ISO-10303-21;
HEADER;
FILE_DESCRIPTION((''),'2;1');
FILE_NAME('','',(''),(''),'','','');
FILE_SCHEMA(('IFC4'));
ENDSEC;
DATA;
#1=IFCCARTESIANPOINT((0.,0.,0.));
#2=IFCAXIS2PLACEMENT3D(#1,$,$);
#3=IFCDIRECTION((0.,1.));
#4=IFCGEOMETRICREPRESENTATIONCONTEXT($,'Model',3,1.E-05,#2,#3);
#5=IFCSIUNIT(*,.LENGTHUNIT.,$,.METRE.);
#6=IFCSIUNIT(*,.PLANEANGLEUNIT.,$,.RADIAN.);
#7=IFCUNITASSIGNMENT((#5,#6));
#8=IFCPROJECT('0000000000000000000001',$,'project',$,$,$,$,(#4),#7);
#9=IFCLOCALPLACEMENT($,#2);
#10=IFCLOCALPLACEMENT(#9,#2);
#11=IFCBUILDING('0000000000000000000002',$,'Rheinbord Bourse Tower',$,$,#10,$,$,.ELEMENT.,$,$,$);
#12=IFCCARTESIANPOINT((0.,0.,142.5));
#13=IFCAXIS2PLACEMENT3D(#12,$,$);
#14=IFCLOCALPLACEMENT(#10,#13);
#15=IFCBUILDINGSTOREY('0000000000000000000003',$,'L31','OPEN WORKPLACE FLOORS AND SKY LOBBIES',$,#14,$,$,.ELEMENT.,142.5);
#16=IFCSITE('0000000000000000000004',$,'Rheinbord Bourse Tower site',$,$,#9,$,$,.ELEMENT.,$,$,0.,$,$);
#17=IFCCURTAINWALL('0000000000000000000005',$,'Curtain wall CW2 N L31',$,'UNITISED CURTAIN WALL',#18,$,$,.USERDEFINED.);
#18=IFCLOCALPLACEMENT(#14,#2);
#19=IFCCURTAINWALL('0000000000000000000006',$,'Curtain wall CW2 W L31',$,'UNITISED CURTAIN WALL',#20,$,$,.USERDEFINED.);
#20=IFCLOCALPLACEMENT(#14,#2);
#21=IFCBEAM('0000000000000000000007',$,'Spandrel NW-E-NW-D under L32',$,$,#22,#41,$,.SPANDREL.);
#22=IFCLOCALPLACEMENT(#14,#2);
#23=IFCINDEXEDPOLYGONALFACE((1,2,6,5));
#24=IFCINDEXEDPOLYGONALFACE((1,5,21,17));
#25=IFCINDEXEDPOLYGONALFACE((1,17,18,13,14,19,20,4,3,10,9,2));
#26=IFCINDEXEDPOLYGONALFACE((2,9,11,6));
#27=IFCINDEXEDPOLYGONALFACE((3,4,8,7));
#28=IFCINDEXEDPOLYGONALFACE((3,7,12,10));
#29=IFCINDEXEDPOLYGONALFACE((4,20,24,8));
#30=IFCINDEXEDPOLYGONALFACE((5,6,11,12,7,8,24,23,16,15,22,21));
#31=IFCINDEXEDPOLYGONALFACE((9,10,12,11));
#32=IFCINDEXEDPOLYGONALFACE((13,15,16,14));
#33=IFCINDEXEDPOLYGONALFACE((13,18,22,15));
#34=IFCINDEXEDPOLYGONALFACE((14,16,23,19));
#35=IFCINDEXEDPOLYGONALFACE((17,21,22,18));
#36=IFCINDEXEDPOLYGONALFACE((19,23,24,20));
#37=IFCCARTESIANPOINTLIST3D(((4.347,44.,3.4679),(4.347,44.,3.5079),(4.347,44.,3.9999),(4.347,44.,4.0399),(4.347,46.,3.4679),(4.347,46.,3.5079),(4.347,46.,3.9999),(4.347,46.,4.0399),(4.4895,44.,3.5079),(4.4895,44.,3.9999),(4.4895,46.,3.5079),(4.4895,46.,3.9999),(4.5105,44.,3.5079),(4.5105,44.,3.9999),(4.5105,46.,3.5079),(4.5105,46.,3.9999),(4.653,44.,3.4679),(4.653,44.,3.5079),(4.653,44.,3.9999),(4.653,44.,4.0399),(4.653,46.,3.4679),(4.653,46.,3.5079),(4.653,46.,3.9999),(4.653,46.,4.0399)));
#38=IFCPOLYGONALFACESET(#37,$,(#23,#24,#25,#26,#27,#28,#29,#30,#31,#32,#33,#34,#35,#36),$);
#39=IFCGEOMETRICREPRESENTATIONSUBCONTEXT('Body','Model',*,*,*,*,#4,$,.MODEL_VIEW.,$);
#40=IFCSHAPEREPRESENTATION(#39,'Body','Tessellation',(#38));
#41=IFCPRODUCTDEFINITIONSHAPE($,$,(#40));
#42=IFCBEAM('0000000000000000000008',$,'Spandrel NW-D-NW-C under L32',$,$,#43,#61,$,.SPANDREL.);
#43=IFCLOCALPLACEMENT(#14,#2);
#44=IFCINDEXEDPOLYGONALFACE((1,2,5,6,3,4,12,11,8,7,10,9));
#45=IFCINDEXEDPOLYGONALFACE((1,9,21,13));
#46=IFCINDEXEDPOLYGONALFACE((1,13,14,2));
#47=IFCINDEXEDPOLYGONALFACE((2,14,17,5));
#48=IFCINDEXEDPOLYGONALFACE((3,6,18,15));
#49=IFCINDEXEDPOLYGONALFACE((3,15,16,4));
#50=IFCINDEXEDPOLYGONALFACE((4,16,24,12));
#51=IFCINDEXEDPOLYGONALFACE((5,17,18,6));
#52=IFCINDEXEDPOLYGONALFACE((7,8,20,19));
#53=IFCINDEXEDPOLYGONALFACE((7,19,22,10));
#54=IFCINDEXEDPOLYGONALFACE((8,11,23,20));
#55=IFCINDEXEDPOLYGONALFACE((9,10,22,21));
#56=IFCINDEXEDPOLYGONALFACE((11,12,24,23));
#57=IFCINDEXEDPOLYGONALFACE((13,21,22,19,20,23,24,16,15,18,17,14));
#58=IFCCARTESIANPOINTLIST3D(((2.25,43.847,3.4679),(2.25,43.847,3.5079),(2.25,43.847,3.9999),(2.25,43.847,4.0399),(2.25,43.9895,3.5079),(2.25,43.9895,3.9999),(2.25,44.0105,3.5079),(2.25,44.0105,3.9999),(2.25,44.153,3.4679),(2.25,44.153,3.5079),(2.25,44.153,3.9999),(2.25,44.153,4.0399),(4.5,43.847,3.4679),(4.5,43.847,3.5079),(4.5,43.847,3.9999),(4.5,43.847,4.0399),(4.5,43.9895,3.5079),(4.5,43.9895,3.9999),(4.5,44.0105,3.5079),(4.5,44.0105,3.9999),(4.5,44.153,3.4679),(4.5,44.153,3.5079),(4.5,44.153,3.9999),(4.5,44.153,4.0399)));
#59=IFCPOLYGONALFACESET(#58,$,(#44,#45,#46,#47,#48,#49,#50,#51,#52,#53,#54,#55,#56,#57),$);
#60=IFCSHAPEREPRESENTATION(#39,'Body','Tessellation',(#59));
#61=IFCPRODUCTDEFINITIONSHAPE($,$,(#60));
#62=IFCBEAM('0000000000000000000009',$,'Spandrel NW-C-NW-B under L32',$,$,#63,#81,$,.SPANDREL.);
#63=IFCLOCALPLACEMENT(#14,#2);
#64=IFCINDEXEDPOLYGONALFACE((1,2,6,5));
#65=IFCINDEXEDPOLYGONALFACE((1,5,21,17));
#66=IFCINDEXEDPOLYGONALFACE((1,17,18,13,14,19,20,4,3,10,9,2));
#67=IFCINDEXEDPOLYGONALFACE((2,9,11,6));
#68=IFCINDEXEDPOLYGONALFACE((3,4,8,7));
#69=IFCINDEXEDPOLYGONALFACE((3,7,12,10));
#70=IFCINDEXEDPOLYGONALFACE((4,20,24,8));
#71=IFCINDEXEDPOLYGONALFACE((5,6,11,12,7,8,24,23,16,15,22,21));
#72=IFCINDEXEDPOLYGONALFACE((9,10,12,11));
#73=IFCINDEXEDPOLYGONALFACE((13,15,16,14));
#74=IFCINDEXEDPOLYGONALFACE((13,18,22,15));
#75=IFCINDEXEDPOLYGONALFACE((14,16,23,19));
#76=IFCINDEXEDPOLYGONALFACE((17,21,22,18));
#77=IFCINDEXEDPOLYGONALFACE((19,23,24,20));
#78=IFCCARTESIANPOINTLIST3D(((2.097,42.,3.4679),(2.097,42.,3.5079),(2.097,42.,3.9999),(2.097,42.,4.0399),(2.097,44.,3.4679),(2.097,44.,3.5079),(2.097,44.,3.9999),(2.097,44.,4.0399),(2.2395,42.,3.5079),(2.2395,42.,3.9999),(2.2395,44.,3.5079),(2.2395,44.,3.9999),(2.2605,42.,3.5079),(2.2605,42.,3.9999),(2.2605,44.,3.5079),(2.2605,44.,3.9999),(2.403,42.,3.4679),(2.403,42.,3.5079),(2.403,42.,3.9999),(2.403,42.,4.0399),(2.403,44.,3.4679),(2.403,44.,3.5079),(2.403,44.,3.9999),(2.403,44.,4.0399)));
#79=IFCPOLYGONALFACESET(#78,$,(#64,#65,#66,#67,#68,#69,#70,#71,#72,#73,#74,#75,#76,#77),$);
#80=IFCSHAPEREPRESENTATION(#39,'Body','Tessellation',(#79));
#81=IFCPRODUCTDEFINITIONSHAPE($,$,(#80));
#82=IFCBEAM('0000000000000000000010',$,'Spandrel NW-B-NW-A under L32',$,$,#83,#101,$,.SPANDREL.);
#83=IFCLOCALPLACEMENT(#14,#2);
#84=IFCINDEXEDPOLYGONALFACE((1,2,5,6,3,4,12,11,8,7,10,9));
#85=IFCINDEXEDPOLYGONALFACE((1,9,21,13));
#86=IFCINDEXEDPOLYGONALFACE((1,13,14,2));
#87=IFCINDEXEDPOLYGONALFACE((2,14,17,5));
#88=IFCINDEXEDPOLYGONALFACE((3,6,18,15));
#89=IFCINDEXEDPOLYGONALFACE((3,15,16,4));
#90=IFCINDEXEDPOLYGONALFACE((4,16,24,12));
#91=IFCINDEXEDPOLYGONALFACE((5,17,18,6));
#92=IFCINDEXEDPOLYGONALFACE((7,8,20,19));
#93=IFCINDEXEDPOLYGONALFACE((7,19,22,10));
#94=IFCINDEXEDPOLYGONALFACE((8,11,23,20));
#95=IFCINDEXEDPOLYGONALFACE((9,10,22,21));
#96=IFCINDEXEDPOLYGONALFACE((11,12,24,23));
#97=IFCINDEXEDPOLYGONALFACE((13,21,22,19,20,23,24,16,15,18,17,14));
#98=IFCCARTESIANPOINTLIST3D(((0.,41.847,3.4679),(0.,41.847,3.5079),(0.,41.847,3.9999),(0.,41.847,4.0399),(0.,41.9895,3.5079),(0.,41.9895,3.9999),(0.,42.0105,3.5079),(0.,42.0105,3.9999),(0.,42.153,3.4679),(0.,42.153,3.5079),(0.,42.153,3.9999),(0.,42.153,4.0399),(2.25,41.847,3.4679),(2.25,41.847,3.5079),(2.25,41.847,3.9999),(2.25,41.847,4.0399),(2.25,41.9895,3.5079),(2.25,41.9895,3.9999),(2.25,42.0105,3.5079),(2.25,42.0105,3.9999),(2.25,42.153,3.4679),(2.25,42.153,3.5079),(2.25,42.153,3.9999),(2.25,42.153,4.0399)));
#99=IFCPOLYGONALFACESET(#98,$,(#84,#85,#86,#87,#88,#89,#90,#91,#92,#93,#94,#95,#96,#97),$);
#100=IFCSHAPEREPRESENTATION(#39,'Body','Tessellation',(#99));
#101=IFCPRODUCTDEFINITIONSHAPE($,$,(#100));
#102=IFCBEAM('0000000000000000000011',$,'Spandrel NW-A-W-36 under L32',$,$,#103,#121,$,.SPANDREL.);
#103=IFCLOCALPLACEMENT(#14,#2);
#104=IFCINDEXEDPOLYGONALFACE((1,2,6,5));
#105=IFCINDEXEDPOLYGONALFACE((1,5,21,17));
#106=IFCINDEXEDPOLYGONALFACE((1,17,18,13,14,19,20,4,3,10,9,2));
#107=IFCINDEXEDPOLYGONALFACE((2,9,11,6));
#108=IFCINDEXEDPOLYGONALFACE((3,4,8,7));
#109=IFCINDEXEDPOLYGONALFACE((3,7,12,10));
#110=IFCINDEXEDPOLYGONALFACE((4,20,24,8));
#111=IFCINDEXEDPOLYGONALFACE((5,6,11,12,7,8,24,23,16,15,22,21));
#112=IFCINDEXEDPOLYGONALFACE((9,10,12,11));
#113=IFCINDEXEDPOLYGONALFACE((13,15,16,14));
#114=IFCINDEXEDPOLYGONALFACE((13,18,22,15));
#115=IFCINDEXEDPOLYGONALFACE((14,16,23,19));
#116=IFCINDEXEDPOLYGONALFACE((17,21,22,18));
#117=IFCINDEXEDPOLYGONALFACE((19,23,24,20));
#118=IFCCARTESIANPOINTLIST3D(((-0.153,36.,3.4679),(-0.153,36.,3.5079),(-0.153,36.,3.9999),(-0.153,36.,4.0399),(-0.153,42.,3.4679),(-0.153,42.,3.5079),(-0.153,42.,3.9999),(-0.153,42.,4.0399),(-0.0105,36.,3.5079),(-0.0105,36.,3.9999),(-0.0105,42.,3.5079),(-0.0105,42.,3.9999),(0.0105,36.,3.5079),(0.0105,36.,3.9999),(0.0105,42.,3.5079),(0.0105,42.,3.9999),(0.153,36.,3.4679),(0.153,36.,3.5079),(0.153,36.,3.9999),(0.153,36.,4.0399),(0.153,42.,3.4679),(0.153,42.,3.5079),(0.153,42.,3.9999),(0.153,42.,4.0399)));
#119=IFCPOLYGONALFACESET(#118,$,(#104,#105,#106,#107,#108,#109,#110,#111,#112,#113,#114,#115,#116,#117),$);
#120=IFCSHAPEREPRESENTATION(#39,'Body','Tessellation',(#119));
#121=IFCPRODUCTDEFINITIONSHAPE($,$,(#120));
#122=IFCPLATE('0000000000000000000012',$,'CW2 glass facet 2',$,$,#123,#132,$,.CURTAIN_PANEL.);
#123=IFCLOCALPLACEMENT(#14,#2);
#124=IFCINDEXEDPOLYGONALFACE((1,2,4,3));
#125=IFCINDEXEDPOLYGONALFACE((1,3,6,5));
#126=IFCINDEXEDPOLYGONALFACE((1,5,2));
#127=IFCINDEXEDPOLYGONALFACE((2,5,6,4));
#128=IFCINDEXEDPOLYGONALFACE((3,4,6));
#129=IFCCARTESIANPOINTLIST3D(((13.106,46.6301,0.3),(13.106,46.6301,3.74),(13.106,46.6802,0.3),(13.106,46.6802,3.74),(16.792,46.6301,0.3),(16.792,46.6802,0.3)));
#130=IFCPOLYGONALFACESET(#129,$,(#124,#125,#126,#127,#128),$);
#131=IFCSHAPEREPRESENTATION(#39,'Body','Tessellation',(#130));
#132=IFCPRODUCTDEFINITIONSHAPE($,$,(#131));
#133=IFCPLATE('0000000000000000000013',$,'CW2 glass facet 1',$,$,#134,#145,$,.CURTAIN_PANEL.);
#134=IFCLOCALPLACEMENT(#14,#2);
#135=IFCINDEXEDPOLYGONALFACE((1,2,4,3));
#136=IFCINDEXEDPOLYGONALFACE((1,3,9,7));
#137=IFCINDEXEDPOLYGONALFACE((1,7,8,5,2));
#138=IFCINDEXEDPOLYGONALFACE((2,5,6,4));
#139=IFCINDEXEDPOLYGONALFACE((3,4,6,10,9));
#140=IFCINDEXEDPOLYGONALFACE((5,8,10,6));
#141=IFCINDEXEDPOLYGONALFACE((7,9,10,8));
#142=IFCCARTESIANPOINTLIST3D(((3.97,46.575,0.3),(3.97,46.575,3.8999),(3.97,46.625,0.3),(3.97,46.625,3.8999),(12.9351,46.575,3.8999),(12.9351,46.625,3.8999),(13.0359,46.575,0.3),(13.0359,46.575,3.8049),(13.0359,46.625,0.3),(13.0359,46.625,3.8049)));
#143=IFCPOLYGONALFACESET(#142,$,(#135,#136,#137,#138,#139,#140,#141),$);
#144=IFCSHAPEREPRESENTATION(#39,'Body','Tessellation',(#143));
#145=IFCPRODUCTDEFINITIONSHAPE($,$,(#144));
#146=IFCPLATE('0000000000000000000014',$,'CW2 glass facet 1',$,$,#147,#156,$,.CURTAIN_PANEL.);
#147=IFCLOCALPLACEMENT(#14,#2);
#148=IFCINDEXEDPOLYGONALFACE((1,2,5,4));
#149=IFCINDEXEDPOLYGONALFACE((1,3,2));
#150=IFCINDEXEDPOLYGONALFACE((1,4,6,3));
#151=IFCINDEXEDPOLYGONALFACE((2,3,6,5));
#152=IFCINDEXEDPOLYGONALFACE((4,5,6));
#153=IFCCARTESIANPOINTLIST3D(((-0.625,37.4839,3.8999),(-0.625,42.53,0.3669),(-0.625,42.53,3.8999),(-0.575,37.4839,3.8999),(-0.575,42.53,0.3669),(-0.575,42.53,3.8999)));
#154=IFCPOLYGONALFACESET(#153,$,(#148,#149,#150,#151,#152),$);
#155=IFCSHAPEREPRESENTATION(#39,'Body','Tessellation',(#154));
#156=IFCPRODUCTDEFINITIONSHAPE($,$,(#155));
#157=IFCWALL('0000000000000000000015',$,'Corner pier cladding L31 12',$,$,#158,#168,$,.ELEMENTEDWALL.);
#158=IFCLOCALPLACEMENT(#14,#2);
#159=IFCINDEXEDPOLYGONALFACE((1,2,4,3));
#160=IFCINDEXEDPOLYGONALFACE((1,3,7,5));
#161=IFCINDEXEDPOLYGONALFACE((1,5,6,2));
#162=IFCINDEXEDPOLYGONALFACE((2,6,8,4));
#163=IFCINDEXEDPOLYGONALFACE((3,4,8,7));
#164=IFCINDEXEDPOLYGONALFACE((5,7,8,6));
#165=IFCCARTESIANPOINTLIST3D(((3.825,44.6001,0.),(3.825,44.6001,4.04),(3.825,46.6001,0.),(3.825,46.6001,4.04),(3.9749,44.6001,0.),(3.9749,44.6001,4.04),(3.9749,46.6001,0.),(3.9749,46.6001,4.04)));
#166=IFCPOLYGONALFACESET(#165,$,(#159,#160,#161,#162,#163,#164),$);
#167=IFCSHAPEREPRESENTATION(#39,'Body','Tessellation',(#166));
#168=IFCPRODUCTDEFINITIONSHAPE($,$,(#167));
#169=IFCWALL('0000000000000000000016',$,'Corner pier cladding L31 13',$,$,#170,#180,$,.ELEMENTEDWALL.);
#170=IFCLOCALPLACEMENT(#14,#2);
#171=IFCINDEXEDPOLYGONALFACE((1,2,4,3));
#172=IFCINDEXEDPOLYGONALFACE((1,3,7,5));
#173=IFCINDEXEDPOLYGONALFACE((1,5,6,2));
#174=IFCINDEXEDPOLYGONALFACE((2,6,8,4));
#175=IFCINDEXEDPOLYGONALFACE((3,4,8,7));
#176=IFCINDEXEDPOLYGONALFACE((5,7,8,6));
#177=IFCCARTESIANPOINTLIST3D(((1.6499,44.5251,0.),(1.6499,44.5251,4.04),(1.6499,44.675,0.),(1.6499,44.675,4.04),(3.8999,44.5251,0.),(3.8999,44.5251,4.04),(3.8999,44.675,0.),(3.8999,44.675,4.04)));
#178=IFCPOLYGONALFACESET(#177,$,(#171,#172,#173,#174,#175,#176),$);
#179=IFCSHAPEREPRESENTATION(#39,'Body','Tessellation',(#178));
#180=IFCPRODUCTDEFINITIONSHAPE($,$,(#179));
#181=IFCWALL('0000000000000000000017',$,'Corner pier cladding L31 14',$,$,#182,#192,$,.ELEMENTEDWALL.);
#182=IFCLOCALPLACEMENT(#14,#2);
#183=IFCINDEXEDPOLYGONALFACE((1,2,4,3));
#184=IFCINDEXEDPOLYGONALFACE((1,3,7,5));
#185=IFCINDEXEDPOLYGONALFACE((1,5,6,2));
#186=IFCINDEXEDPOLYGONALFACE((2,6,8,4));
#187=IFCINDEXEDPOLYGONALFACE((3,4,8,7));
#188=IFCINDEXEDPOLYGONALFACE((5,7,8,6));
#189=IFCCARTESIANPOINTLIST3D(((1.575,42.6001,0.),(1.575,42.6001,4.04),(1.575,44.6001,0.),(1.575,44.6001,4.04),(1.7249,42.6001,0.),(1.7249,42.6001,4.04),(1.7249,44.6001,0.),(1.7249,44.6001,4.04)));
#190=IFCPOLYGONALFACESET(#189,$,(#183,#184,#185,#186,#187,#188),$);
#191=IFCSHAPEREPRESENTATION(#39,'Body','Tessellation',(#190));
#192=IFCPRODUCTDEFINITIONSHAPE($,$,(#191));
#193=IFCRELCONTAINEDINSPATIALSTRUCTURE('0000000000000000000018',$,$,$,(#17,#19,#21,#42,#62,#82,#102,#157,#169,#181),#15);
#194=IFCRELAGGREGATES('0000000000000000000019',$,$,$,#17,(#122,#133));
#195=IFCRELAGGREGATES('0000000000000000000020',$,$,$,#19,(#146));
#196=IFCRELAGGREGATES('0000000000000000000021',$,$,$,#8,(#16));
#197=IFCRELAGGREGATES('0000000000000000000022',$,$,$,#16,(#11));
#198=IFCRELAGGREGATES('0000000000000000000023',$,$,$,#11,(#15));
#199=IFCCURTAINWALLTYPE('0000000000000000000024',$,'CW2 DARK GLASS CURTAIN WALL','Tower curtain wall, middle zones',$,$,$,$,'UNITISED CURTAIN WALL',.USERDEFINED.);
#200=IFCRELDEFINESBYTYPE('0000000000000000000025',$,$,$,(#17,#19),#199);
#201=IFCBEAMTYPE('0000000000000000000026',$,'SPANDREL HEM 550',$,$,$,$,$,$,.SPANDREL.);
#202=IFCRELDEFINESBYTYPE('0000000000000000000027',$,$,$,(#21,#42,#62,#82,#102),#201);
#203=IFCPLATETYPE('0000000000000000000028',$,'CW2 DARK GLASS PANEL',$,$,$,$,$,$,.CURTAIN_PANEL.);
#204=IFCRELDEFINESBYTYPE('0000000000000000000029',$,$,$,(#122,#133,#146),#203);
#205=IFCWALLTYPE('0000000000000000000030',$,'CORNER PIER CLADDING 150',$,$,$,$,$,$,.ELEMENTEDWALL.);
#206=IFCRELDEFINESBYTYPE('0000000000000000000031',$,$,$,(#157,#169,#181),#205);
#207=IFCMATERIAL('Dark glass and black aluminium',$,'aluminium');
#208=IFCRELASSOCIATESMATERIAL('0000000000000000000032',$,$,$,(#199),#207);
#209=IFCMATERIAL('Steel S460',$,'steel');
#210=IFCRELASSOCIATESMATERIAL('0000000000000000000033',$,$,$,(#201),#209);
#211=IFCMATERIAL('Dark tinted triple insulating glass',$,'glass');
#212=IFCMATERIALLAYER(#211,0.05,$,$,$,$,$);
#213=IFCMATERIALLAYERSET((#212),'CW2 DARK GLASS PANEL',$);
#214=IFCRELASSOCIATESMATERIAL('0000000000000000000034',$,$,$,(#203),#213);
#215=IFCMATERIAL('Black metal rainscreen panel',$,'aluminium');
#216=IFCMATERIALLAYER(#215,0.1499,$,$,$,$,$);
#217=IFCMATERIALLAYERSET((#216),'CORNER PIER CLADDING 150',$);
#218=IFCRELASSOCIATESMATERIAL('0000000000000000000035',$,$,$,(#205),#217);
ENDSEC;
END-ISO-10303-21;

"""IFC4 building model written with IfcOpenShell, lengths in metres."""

from ifc_helpers import new_model, si_unit, direction, frame, frame_2d, origin, origin_2d, place, context, subcontext, project, spatial, polyline, rectangle, i_section, outline, extrude, material, layer, layer_set, material_profile, profile_set, type_object, element, aggregate, save


model = new_model("IFC4")

# Units and contexts
model_context = context("Model", 3, precision=1e-05, world=origin(), true_north=direction((0.0, 1.0)))
body_context = subcontext(model_context, "Body", "Model", "MODEL_VIEW")
ifc_project = project(units=[si_unit("LENGTHUNIT", "METRE"), si_unit("PLANEANGLEUNIT", "RADIAN")], contexts=[model_context])

# Site, building, storey
site_placement = place(None, origin())
site = spatial("IfcSite", under=ifc_project, at=site_placement, Name="Rheinbord Bourse Tower site", CompositionType="ELEMENT", RefElevation=0.0)
building_placement = place(site_placement, origin())
building = spatial("IfcBuilding", under=site, at=building_placement, Name="Rheinbord Bourse Tower", CompositionType="ELEMENT")
storey_placement = place(building_placement, frame((0.0, 0.0, 142.5)))
storey = spatial("IfcBuildingStorey", under=building, at=storey_placement, Name="L31", Description="OPEN WORKPLACE FLOORS AND SKY LOBBIES", CompositionType="ELEMENT", Elevation=142.5)

# Curtain wall
ifc_material_1 = material(Name="Dark glass and black aluminium", Category="aluminium")
curtain_wall_type = type_object("IfcCurtainWallType", Name="CW2 DARK GLASS CURTAIN WALL", Description="Tower curtain wall, middle zones", ElementType="UNITISED CURTAIN WALL", PredefinedType="USERDEFINED", material=ifc_material_1)
curtain_wall_1_placement = place(storey_placement, origin())
curtain_wall_1 = element("IfcCurtainWall", 1, at=curtain_wall_1_placement, inside=storey, type_object=curtain_wall_type, Name="Curtain wall CW2 N L31", ObjectType="UNITISED CURTAIN WALL", PredefinedType="USERDEFINED")

# Curtain wall
curtain_wall_2_placement = place(storey_placement, origin())
curtain_wall_2 = element("IfcCurtainWall", 2, at=curtain_wall_2_placement, inside=storey, type_object=curtain_wall_type, Name="Curtain wall CW2 W L31", ObjectType="UNITISED CURTAIN WALL", PredefinedType="USERDEFINED")

# Beams
ifc_material_2 = material(Name="Steel S460", Category="steel")
ifc_material_profile_1 = material_profile(ifc_material_2, i_section(OverallWidth=0.3059, OverallDepth=0.572, WebThickness=0.021, FlangeThickness=0.04, at=origin_2d()), Name="HEM 550")
ifc_profile_set_1 = profile_set([ifc_material_profile_1], Name="Steel S460")
beam_type_1 = type_object("IfcBeamType", Name="SPANDREL HEM 550", PredefinedType="SPANDREL", material=ifc_profile_set_1)
beam_1_placement = place(storey_placement, frame((4.5, 46.0, 3.7539), z_axis=(0.0, -1.0, 0.0), x_axis=(1.0, 0.0, 0.0)))
element("IfcBeam", 3, at=beam_1_placement, inside=storey, type_object=beam_type_1, Name="Spandrel NW-E-NW-D under L32", PredefinedType="SPANDREL", context=body_context, shape_type="SweptSolid", body=[
    extrude(i_section(OverallWidth=0.3059, OverallDepth=0.572, WebThickness=0.021, FlangeThickness=0.04, at=origin_2d()), origin(), (0.0, 0.0, 1.0), 2.0),
])
beam_2_placement = place(storey_placement, frame((4.5, 44.0, 3.7539), z_axis=(-1.0, 0.0, 0.0), x_axis=(0.0, -1.0, 0.0)))
element("IfcBeam", 4, at=beam_2_placement, inside=storey, type_object=beam_type_1, Name="Spandrel NW-D-NW-C under L32", PredefinedType="SPANDREL", context=body_context, shape_type="SweptSolid", body=[
    extrude(i_section(OverallWidth=0.3059, OverallDepth=0.572, WebThickness=0.021, FlangeThickness=0.04, at=origin_2d()), origin(), (0.0, 0.0, 1.0), 2.25),
])
beam_3_placement = place(storey_placement, frame((2.25, 44.0, 3.7539), z_axis=(0.0, -1.0, 0.0), x_axis=(1.0, 0.0, 0.0)))
element("IfcBeam", 5, at=beam_3_placement, inside=storey, type_object=beam_type_1, Name="Spandrel NW-C-NW-B under L32", PredefinedType="SPANDREL", context=body_context, shape_type="SweptSolid", body=[
    extrude(i_section(OverallWidth=0.3059, OverallDepth=0.572, WebThickness=0.021, FlangeThickness=0.04, at=origin_2d()), origin(), (0.0, 0.0, 1.0), 2.0),
])
beam_4_placement = place(storey_placement, frame((2.25, 42.0, 3.7539), z_axis=(-1.0, 0.0, 0.0), x_axis=(0.0, -1.0, 0.0)))
element("IfcBeam", 6, at=beam_4_placement, inside=storey, type_object=beam_type_1, Name="Spandrel NW-B-NW-A under L32", PredefinedType="SPANDREL", context=body_context, shape_type="SweptSolid", body=[
    extrude(i_section(OverallWidth=0.3059, OverallDepth=0.572, WebThickness=0.021, FlangeThickness=0.04, at=origin_2d()), origin(), (0.0, 0.0, 1.0), 2.25),
])
beam_5_placement = place(storey_placement, frame((0.0, 42.0, 3.7539), z_axis=(0.0, -1.0, 0.0), x_axis=(1.0, 0.0, 0.0)))
element("IfcBeam", 7, at=beam_5_placement, inside=storey, type_object=beam_type_1, Name="Spandrel NW-A-W-36 under L32", PredefinedType="SPANDREL", context=body_context, shape_type="SweptSolid", body=[
    extrude(i_section(OverallWidth=0.3059, OverallDepth=0.572, WebThickness=0.021, FlangeThickness=0.04, at=origin_2d()), origin(), (0.0, 0.0, 1.0), 6.0),
])

# Plates
ifc_material_3 = material(Name="Dark tinted triple insulating glass", Category="glass")
ifc_layer_1 = layer(ifc_material_3, 0.05)
ifc_layer_set_1 = layer_set([ifc_layer_1], Name="CW2 DARK GLASS PANEL")
plate_type = type_object("IfcPlateType", Name="CW2 DARK GLASS PANEL", PredefinedType="CURTAIN_PANEL", material=ifc_layer_set_1)
plate_1_placement = place(storey_placement, frame((13.106, 46.6802, 0.3), z_axis=(0.0, -1.0, 0.0), x_axis=(1.0, 0.0, 0.0)))
plate_1 = element("IfcPlate", 8, at=plate_1_placement, type_object=plate_type, Name="CW2 glass facet 2", PredefinedType="CURTAIN_PANEL", context=body_context, shape_type="SweptSolid", body=[
    extrude(outline(polyline([(0.0, 0.0), (3.686, 0.0), (0.0, 3.4399), (0.0, 0.0)])), origin(), (0.0, 0.0, 1.0), 0.05),
])
plate_2_placement = place(storey_placement, frame((3.97, 46.625, 3.8999), z_axis=(0.0, -1.0, 0.0), x_axis=(0.0, 0.0, -1.0)))
plate_2 = element("IfcPlate", 9, at=plate_2_placement, type_object=plate_type, Name="CW2 glass facet 1", PredefinedType="CURTAIN_PANEL", context=body_context, shape_type="SweptSolid", body=[
    extrude(outline(polyline([(0.0, 0.0), (3.5999, 0.0), (3.5999, 9.0659), (0.095, 9.0659), (0.0, 8.9651), (0.0, 0.0)])), origin(), (0.0, 0.0, 1.0), 0.05),
])
aggregate(curtain_wall_1, [plate_1, plate_2])
plate_3_placement = place(storey_placement, frame((-0.625, 42.53, 3.8999), z_axis=(1.0, 0.0, 0.0), x_axis=(0.0, -1.0, 0.0)))
plate_3 = element("IfcPlate", 10, at=plate_3_placement, type_object=plate_type, Name="CW2 glass facet 1", PredefinedType="CURTAIN_PANEL", context=body_context, shape_type="SweptSolid", body=[
    extrude(outline(polyline([(0.0, 0.0), (5.0461, 0.0), (0.0, 3.533), (0.0, 0.0)])), origin(), (0.0, 0.0, 1.0), 0.05),
])
aggregate(curtain_wall_2, [plate_3])

# Walls
ifc_material_4 = material(Name="Black metal rainscreen panel", Category="aluminium")
ifc_layer_2 = layer(ifc_material_4, 0.1499)
ifc_layer_set_2 = layer_set([ifc_layer_2], Name="CORNER PIER CLADDING 150")
wall_type = type_object("IfcWallType", Name="CORNER PIER CLADDING 150", PredefinedType="ELEMENTEDWALL", material=ifc_layer_set_2)
wall_1_placement = place(storey_placement, frame((3.8999, 46.6001, 0.0), z_axis=(0.0, 0.0, 1.0), x_axis=(0.0, -1.0, 0.0)))
element("IfcWall", 11, at=wall_1_placement, inside=storey, type_object=wall_type, Name="Corner pier cladding L31 12", PredefinedType="ELEMENTEDWALL", context=body_context, shape_type="SweptSolid", body=[
    extrude(rectangle(XDim=2.0, YDim=0.1499, at=frame_2d((1.0, 0.0))), origin(), (0.0, 0.0, 1.0), 4.04),
])
wall_2_placement = place(storey_placement, frame((3.8999, 44.6001, 0.0), z_axis=(0.0, 0.0, 1.0), x_axis=(-1.0, 0.0, 0.0)))
element("IfcWall", 12, at=wall_2_placement, inside=storey, type_object=wall_type, Name="Corner pier cladding L31 13", PredefinedType="ELEMENTEDWALL", context=body_context, shape_type="SweptSolid", body=[
    extrude(rectangle(XDim=2.25, YDim=0.1499, at=frame_2d((1.125, 0.0))), origin(), (0.0, 0.0, 1.0), 4.04),
])
wall_3_placement = place(storey_placement, frame((1.6499, 44.6001, 0.0), z_axis=(0.0, 0.0, 1.0), x_axis=(0.0, -1.0, 0.0)))
element("IfcWall", 13, at=wall_3_placement, inside=storey, type_object=wall_type, Name="Corner pier cladding L31 14", PredefinedType="ELEMENTEDWALL", context=body_context, shape_type="SweptSolid", body=[
    extrude(rectangle(XDim=2.0, YDim=0.1499, at=frame_2d((1.0, 0.0))), origin(), (0.0, 0.0, 1.0), 4.04),
])

save(model, "model.ifc")
